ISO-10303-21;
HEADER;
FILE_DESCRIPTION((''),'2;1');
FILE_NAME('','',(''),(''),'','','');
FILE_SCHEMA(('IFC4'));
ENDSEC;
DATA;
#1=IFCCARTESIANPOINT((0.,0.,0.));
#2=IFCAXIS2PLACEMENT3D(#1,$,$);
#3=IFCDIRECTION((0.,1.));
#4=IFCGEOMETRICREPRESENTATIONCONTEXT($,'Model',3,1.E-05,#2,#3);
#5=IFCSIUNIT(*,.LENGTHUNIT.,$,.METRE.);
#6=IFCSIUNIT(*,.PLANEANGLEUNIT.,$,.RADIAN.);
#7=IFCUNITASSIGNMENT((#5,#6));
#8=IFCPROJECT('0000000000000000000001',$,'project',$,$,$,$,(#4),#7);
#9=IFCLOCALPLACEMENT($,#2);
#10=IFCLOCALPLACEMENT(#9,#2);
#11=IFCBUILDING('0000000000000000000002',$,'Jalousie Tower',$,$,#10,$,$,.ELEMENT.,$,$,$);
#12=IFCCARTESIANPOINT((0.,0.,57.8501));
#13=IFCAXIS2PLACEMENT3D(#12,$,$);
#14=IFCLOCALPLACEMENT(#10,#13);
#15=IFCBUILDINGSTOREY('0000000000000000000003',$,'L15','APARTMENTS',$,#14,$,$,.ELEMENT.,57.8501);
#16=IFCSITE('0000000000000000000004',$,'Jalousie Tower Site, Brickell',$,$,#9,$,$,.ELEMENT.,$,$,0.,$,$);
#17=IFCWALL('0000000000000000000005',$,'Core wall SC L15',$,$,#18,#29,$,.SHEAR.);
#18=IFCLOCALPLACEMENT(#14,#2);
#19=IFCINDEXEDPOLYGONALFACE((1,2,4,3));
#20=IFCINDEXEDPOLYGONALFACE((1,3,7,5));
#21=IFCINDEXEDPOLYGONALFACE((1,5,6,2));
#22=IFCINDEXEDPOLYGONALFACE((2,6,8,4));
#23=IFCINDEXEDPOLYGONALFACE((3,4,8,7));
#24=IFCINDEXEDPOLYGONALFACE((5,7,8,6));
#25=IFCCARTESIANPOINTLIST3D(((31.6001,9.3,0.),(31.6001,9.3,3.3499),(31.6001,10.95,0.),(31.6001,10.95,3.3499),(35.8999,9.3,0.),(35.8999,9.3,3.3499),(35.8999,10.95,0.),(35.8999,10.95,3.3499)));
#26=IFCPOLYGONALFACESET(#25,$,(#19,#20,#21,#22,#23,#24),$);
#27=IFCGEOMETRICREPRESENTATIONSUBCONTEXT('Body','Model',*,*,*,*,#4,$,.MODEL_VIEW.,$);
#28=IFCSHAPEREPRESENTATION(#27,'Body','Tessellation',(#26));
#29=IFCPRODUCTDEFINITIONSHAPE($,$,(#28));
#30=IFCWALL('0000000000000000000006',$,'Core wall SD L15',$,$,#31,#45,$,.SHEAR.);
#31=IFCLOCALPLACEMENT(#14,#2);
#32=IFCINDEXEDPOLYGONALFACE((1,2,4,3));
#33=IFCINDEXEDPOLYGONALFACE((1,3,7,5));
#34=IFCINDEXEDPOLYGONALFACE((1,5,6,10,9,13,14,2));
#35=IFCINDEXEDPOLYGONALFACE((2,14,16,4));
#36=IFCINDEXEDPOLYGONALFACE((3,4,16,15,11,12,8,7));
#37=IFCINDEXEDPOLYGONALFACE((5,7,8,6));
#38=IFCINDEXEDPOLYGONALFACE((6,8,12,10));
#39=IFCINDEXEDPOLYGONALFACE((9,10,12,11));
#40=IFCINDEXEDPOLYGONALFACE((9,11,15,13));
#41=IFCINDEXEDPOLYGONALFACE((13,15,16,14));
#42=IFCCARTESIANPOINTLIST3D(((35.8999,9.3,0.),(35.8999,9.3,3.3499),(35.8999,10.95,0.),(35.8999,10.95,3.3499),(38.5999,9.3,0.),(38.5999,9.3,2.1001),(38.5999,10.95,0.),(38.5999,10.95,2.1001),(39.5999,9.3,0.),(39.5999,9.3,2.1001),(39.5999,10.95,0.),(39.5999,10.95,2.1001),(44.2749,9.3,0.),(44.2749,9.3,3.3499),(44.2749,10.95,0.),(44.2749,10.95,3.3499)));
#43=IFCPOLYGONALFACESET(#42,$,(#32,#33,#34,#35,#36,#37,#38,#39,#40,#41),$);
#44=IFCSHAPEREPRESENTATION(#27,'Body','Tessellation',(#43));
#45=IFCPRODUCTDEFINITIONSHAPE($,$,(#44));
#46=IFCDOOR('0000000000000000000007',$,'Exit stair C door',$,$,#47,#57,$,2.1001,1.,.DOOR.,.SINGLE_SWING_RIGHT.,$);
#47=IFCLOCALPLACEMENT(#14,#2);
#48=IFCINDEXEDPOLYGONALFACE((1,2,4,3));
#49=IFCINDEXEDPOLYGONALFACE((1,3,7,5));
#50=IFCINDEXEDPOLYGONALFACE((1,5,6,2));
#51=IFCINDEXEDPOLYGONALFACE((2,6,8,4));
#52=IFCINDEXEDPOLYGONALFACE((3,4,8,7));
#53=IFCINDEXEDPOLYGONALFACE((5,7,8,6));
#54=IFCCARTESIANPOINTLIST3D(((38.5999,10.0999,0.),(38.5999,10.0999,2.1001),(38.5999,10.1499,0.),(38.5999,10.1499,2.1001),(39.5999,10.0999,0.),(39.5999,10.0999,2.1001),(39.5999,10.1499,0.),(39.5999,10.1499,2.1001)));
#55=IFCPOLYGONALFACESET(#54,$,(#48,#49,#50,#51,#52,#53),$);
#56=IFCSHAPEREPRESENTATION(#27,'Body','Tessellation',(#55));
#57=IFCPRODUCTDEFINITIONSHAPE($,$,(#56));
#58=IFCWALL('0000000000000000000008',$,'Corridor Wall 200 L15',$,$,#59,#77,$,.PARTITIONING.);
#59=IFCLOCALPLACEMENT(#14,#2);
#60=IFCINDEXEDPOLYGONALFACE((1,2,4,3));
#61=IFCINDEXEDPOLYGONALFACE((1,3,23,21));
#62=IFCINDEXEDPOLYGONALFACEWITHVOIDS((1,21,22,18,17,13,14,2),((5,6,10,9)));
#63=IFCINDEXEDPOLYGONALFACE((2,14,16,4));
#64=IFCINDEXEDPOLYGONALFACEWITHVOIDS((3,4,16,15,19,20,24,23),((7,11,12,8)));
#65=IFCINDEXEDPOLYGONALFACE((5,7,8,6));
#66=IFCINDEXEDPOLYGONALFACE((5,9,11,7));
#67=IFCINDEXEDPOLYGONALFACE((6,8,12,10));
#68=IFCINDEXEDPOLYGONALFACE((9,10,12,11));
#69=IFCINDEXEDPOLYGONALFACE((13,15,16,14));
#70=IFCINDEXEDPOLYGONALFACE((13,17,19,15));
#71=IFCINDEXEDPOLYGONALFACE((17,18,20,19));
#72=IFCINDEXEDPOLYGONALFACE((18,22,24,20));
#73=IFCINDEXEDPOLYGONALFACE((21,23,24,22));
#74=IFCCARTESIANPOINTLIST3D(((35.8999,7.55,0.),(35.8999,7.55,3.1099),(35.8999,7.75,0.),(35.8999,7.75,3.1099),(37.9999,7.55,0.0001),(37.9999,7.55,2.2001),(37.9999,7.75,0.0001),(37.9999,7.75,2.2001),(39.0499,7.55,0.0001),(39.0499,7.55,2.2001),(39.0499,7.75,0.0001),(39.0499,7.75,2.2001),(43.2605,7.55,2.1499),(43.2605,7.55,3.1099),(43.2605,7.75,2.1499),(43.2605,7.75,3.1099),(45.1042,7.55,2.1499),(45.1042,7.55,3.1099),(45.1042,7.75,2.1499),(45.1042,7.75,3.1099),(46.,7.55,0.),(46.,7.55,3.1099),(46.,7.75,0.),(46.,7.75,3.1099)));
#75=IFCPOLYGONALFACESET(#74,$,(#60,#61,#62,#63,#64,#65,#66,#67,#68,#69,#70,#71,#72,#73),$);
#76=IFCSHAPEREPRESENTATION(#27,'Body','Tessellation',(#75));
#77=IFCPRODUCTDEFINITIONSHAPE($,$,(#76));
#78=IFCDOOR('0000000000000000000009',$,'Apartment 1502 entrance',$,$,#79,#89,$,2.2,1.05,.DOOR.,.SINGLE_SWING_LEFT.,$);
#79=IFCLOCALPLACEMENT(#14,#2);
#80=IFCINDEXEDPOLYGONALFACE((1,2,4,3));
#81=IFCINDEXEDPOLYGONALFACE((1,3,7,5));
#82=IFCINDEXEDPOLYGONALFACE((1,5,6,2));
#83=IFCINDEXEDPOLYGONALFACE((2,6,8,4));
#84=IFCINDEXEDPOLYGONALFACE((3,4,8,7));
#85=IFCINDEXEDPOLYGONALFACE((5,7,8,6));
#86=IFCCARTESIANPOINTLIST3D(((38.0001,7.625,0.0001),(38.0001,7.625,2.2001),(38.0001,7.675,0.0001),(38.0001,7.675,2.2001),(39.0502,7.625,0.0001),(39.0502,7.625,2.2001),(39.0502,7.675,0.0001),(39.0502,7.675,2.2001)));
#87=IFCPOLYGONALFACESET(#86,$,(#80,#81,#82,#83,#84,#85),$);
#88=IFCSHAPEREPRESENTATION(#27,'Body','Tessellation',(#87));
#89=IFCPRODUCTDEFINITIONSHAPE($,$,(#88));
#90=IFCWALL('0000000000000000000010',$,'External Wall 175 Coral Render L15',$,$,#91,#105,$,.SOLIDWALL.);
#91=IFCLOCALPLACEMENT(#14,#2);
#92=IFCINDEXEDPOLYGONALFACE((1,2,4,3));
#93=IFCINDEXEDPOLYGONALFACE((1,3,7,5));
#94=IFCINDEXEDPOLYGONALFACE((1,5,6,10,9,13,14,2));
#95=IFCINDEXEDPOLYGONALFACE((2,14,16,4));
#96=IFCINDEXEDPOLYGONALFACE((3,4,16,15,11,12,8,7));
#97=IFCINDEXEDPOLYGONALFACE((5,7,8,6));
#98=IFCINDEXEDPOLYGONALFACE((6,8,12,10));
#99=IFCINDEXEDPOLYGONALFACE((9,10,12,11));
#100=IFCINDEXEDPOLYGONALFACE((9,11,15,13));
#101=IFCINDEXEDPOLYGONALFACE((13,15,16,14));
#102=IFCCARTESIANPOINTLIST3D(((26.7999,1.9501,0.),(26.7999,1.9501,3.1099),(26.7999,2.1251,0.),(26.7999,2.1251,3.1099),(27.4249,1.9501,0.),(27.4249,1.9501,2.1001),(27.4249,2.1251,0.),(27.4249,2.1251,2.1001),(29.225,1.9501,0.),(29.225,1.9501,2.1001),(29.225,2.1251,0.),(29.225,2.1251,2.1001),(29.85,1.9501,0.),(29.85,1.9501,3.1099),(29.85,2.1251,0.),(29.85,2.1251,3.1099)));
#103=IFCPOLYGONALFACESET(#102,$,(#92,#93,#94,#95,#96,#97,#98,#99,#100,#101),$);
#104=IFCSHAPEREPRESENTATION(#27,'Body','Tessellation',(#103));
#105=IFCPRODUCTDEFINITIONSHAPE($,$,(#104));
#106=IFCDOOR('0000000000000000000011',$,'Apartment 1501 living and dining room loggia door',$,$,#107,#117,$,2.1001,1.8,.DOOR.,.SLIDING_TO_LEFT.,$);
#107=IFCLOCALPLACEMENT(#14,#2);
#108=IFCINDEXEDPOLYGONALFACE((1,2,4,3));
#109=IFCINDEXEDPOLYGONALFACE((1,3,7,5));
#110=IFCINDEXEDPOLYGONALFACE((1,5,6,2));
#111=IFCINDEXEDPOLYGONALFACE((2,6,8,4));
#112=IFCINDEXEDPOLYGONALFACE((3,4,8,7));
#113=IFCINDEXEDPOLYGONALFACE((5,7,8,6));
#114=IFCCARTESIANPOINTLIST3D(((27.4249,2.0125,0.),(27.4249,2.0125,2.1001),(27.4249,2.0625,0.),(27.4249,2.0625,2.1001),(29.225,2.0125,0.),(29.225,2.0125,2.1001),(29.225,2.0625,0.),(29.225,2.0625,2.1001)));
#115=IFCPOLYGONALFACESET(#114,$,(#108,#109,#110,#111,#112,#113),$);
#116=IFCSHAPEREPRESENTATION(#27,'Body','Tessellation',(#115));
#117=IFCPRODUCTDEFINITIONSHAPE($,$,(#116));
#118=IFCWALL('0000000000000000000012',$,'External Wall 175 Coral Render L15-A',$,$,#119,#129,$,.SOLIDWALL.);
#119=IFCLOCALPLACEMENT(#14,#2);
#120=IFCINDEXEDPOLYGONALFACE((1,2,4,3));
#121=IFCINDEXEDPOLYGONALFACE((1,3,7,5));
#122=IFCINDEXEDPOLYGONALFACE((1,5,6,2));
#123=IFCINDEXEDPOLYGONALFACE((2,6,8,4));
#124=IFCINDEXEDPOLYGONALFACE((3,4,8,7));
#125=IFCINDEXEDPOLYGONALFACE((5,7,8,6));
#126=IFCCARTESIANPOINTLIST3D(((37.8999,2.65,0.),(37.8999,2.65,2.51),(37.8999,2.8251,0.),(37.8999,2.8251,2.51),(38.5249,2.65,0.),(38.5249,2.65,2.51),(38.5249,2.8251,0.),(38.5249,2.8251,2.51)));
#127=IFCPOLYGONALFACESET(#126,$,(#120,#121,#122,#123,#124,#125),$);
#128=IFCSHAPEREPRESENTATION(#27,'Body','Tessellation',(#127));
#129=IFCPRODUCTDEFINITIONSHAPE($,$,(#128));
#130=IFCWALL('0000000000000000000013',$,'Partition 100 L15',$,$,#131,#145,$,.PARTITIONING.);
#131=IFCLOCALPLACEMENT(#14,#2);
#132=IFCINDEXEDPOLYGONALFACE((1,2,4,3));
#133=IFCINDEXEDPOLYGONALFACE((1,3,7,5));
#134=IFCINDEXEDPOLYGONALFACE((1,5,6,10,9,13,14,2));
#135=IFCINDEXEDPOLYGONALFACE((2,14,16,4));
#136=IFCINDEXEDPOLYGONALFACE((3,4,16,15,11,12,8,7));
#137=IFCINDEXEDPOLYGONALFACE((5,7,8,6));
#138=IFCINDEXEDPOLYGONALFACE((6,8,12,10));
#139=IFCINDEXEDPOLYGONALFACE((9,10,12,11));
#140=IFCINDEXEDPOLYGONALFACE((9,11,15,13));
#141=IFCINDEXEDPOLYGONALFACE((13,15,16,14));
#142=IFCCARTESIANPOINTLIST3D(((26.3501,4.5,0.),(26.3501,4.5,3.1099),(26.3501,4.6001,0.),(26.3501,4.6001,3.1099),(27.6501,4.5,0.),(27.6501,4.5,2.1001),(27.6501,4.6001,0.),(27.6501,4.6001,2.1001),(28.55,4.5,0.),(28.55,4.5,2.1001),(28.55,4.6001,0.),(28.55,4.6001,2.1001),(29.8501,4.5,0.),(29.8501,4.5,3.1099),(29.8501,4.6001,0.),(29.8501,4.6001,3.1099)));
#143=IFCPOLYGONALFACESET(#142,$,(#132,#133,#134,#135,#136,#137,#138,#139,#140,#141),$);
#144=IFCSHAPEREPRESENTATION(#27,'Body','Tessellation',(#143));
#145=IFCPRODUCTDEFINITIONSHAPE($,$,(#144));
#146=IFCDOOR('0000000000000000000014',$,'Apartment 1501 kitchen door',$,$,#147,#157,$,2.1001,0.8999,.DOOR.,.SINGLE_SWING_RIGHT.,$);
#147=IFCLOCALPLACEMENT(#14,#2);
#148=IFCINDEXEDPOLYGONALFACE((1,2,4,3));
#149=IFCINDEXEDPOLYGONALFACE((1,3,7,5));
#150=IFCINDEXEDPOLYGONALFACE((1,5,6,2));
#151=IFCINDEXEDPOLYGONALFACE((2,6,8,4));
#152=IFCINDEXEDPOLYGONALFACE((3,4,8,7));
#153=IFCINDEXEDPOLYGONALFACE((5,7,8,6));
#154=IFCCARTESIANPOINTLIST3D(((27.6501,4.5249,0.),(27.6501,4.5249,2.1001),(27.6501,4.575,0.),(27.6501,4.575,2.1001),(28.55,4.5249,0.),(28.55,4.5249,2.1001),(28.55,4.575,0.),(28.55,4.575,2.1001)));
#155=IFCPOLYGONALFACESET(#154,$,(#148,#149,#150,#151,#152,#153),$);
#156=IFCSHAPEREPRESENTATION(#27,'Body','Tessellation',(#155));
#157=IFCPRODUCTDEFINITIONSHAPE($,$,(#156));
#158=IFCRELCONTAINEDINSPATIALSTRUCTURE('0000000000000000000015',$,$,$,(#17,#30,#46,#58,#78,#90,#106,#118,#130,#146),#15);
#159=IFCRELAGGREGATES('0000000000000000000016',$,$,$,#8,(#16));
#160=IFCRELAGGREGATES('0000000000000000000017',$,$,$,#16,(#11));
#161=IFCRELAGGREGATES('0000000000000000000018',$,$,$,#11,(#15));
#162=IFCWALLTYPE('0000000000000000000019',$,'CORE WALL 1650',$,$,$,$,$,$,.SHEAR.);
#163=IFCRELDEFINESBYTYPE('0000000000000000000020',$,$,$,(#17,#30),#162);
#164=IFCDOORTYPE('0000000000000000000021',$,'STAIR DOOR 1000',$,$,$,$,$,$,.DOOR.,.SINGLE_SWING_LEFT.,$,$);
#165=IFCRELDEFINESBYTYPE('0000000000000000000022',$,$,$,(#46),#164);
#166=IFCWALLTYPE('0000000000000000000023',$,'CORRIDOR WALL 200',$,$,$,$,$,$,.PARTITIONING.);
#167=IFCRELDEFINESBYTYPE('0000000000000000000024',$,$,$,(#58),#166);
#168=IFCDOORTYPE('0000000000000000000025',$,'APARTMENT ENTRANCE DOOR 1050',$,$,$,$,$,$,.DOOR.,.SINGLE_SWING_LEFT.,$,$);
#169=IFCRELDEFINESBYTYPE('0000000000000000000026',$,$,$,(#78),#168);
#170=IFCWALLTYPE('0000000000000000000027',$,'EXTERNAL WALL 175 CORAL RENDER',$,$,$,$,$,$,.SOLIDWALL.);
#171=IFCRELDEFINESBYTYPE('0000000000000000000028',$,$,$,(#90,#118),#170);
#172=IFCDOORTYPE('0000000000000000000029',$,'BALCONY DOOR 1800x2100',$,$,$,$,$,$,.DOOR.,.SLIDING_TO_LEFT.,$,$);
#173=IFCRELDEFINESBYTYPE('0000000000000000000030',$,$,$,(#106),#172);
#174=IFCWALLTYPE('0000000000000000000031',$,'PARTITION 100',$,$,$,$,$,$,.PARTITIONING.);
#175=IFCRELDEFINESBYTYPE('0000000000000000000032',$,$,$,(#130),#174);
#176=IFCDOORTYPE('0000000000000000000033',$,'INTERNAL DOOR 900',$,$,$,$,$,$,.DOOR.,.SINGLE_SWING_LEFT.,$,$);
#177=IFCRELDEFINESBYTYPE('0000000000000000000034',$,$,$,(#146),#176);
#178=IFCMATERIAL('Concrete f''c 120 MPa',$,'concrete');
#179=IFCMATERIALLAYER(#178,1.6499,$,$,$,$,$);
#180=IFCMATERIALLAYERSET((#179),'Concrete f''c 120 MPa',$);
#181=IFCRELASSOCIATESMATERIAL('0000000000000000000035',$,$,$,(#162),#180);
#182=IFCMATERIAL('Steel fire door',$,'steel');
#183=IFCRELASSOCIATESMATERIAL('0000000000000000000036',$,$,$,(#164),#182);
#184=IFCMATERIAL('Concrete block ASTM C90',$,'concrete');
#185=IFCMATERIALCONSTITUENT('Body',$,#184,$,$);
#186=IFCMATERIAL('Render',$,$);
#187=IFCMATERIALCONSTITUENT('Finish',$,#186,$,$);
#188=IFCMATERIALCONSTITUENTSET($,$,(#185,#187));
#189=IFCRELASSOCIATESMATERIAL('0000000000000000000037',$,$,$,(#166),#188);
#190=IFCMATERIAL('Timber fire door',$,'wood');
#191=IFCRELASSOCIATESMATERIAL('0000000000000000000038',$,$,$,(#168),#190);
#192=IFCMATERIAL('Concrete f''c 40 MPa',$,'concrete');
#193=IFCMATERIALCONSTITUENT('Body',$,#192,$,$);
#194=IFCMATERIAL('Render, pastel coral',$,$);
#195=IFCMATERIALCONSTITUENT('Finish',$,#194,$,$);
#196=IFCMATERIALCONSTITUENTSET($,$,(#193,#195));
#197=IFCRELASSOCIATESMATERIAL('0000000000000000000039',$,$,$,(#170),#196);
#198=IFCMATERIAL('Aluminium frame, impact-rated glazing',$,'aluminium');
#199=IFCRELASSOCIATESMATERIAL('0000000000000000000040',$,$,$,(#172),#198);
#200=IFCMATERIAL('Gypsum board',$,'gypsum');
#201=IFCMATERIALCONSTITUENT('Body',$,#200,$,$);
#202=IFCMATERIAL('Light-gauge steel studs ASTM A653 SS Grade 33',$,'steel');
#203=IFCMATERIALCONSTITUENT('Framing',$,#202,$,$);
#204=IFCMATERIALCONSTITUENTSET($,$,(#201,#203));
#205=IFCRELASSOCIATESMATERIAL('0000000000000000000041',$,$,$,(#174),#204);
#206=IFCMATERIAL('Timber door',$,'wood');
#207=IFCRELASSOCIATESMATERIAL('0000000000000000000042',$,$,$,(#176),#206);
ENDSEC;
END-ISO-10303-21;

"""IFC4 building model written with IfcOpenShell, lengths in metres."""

from ifc_helpers import new_model, si_unit, direction, frame, frame_2d, origin, place, context, subcontext, project, spatial, polyline, rectangle, outline, extrude, material, layer, layer_set, constituent, constituent_set, type_object, element, fill, save


model = new_model("IFC4")

# Units and contexts
model_context = context("Model", 3, precision=1e-05, world=origin(), true_north=direction((0.0, 1.0)))
body_context = subcontext(model_context, "Body", "Model", "MODEL_VIEW")
ifc_project = project(units=[si_unit("LENGTHUNIT", "METRE"), si_unit("PLANEANGLEUNIT", "RADIAN")], contexts=[model_context])

# Site, building, storey
site_placement = place(None, origin())
site = spatial("IfcSite", under=ifc_project, at=site_placement, Name="Jalousie Tower Site, Brickell", CompositionType="ELEMENT", RefElevation=0.0)
building_placement = place(site_placement, origin())
building = spatial("IfcBuilding", under=site, at=building_placement, Name="Jalousie Tower", CompositionType="ELEMENT")
storey_placement = place(building_placement, frame((0.0, 0.0, 57.8501)))
storey = spatial("IfcBuildingStorey", under=building, at=storey_placement, Name="L15", Description="APARTMENTS", CompositionType="ELEMENT", Elevation=57.8501)

# Wall
ifc_material_1 = material(Name="Concrete f'c 120 MPa", Category="concrete")
ifc_layer_1 = layer(ifc_material_1, 1.6499)
ifc_layer_set_1 = layer_set([ifc_layer_1], Name="Concrete f'c 120 MPa")
wall_type_1 = type_object("IfcWallType", Name="CORE WALL 1650", PredefinedType="SHEAR", material=ifc_layer_set_1)
wall_1_placement = place(storey_placement, frame((31.6001, 10.125, 0.0), z_axis=(0.0, 0.0, 1.0), x_axis=(1.0, 0.0, 0.0)))
element("IfcWall", 1, at=wall_1_placement, inside=storey, type_object=wall_type_1, Name="Core wall SC L15", PredefinedType="SHEAR", context=body_context, shape_type="SweptSolid", body=[
    extrude(rectangle(XDim=4.2998, YDim=1.6499, at=frame_2d((2.1499, 0.0))), origin(), (0.0, 0.0, 1.0), 3.3499),
])

# Walls, openings, doors
wall_2_placement = place(storey_placement, frame((35.8999, 10.125, 0.0), z_axis=(0.0, 0.0, 1.0), x_axis=(1.0, 0.0, 0.0)))
wall_2 = element("IfcWall", 2, at=wall_2_placement, inside=storey, type_object=wall_type_1, Name="Core wall SD L15", PredefinedType="SHEAR", context=body_context, shape_type="SweptSolid", body=[
    extrude(rectangle(XDim=8.375, YDim=1.6499, at=frame_2d((4.1875, 0.0))), origin(), (0.0, 0.0, 1.0), 3.3499),
])
opening_1_placement = place(wall_2_placement, frame((2.7, 0.0, 0.0)))
opening_1 = element("IfcOpeningElement", 3, at=opening_1_placement, cuts=wall_2, PredefinedType="OPENING", context=body_context, shape_type="SweptSolid", body=[
    extrude(rectangle(XDim=1.0, YDim=2.1001, at=frame_2d((0.5, 1.05))), frame((0.0, 0.835, 0.0), z_axis=(0.0, -1.0, 0.0), x_axis=(1.0, 0.0, 0.0)), (0.0, 0.0, 1.0), 1.6699),
])
ifc_material_2 = material(Name="Steel fire door", Category="steel")
door_type_1 = type_object("IfcDoorType", Name="STAIR DOOR 1000", OperationType="SINGLE_SWING_LEFT", PredefinedType="DOOR", material=ifc_material_2)
door_1_placement = place(opening_1_placement, origin())
door_1 = element("IfcDoor", 4, at=door_1_placement, inside=storey, type_object=door_type_1, Name="Exit stair C door", OperationType="SINGLE_SWING_RIGHT", OverallHeight=2.1001, OverallWidth=1.0, PredefinedType="DOOR", context=body_context, shape_type="SweptSolid", body=[
    extrude(rectangle(XDim=1.0, YDim=2.1001, at=frame_2d((0.5, 1.05))), frame((0.0, 0.0249, 0.0), z_axis=(0.0, -1.0, 0.0), x_axis=(1.0, 0.0, 0.0)), (0.0, 0.0, 1.0), 0.05),
])
fill(opening_1, door_1)
ifc_material_3 = material(Name="Concrete block ASTM C90", Category="concrete")
ifc_constituent_1 = constituent(ifc_material_3, Name="Body")
ifc_material_4 = material(Name="Render")
ifc_constituent_2 = constituent(ifc_material_4, Name="Finish")
ifc_constituent_set_1 = constituent_set(constituents=[ifc_constituent_1, ifc_constituent_2])
wall_type_2 = type_object("IfcWallType", Name="CORRIDOR WALL 200", PredefinedType="PARTITIONING", material=ifc_constituent_set_1)
wall_3_placement = place(storey_placement, frame((35.8999, 7.6499, 0.0), z_axis=(0.0, 0.0, 1.0), x_axis=(1.0, 0.0, 0.0)))
wall_3 = element("IfcWall", 5, at=wall_3_placement, inside=storey, type_object=wall_type_2, Name="Corridor Wall 200 L15", PredefinedType="PARTITIONING", context=body_context, shape_type="SweptSolid", body=[
    extrude(outline(polyline([(0.0, 0.0), (10.1001, 0.0), (10.1001, 3.1099), (9.2043, 3.1099), (9.2043, 2.1499), (7.3606, 2.1499), (7.3606, 3.1099), (0.0, 3.1099), (0.0, 0.0)])), frame((0.0, 0.1001, 0.0), z_axis=(0.0, -1.0, 0.0), x_axis=(1.0, 0.0, 0.0)), (0.0, 0.0, 1.0), 0.2),
])
opening_2_placement = place(wall_3_placement, frame((2.1001, 0.0, 0.0)))
opening_2 = element("IfcOpeningElement", 6, at=opening_2_placement, cuts=wall_3, PredefinedType="OPENING", context=body_context, shape_type="SweptSolid", body=[
    extrude(rectangle(XDim=1.05, YDim=2.2, at=frame_2d((0.5249, 1.1001))), frame((0.0, 0.1099, 0.0), z_axis=(0.0, -1.0, 0.0), x_axis=(1.0, 0.0, 0.0)), (0.0, 0.0, 1.0), 0.22),
])
ifc_material_5 = material(Name="Timber fire door", Category="wood")
door_type_2 = type_object("IfcDoorType", Name="APARTMENT ENTRANCE DOOR 1050", OperationType="SINGLE_SWING_LEFT", PredefinedType="DOOR", material=ifc_material_5)
door_2_placement = place(opening_2_placement, frame((1.05, 0.0, 0.0), z_axis=(0.0, 0.0, 1.0), x_axis=(-1.0, 0.0, 0.0)))
door_2 = element("IfcDoor", 7, at=door_2_placement, inside=storey, type_object=door_type_2, Name="Apartment 1502 entrance", OperationType="SINGLE_SWING_LEFT", OverallHeight=2.2, OverallWidth=1.05, PredefinedType="DOOR", context=body_context, shape_type="SweptSolid", body=[
    extrude(rectangle(XDim=1.05, YDim=2.2, at=frame_2d((0.5249, 1.1001))), frame((0.0, 0.0249, 0.0), z_axis=(0.0, -1.0, 0.0), x_axis=(1.0, 0.0, 0.0)), (0.0, 0.0, 1.0), 0.05),
])
fill(opening_2, door_2)
ifc_material_6 = material(Name="Concrete f'c 40 MPa", Category="concrete")
ifc_constituent_3 = constituent(ifc_material_6, Name="Body")
ifc_material_7 = material(Name="Render, pastel coral")
ifc_constituent_4 = constituent(ifc_material_7, Name="Finish")
ifc_constituent_set_2 = constituent_set(constituents=[ifc_constituent_3, ifc_constituent_4])
wall_type_3 = type_object("IfcWallType", Name="EXTERNAL WALL 175 CORAL RENDER", PredefinedType="SOLIDWALL", material=ifc_constituent_set_2)
wall_4_placement = place(storey_placement, frame((26.8, 2.0376, 0.0), z_axis=(0.0, 0.0, 1.0), x_axis=(1.0, 0.0, 0.0)))
wall_4 = element("IfcWall", 8, at=wall_4_placement, inside=storey, type_object=wall_type_3, Name="External Wall 175 Coral Render L15", PredefinedType="SOLIDWALL", context=body_context, shape_type="SweptSolid", body=[
    extrude(rectangle(XDim=3.05, YDim=0.175, at=frame_2d((1.5249, 0.0))), origin(), (0.0, 0.0, 1.0), 3.1099),
])
opening_3_placement = place(wall_4_placement, frame((0.625, 0.0, 0.0)))
opening_3 = element("IfcOpeningElement", 9, at=opening_3_placement, cuts=wall_4, PredefinedType="OPENING", context=body_context, shape_type="SweptSolid", body=[
    extrude(rectangle(XDim=1.8, YDim=2.1001, at=frame_2d((0.8999, 1.05))), frame((0.0, 0.0974, 0.0), z_axis=(0.0, -1.0, 0.0), x_axis=(1.0, 0.0, 0.0)), (0.0, 0.0, 1.0), 0.1951),
])
ifc_material_8 = material(Name="Aluminium frame, impact-rated glazing", Category="aluminium")
door_type_3 = type_object("IfcDoorType", Name="BALCONY DOOR 1800x2100", OperationType="SLIDING_TO_LEFT", PredefinedType="DOOR", material=ifc_material_8)
door_3_placement = place(opening_3_placement, origin())
door_3 = element("IfcDoor", 10, at=door_3_placement, inside=storey, type_object=door_type_3, Name="Apartment 1501 living and dining room loggia door", OperationType="SLIDING_TO_LEFT", OverallHeight=2.1001, OverallWidth=1.8, PredefinedType="DOOR", context=body_context, shape_type="SweptSolid", body=[
    extrude(rectangle(XDim=1.8, YDim=2.1001, at=frame_2d((0.8999, 1.05))), frame((0.0, 0.0249, 0.0), z_axis=(0.0, -1.0, 0.0), x_axis=(1.0, 0.0, 0.0)), (0.0, 0.0, 1.0), 0.05),
])
fill(opening_3, door_3)

# Wall
wall_5_placement = place(storey_placement, frame((37.8999, 2.7375, 0.0), z_axis=(0.0, 0.0, 1.0), x_axis=(1.0, 0.0, 0.0)))
element("IfcWall", 11, at=wall_5_placement, inside=storey, type_object=wall_type_3, Name="External Wall 175 Coral Render L15-A", PredefinedType="SOLIDWALL", context=body_context, shape_type="SweptSolid", body=[
    extrude(rectangle(XDim=0.625, YDim=0.175, at=frame_2d((0.3125, 0.0))), origin(), (0.0, 0.0, 1.0), 2.51),
])

# Wall, opening, door
ifc_material_9 = material(Name="Gypsum board", Category="gypsum")
ifc_constituent_5 = constituent(ifc_material_9, Name="Body")
ifc_material_10 = material(Name="Light-gauge steel studs ASTM A653 SS Grade 33", Category="steel")
ifc_constituent_6 = constituent(ifc_material_10, Name="Framing")
ifc_constituent_set_3 = constituent_set(constituents=[ifc_constituent_5, ifc_constituent_6])
wall_type_4 = type_object("IfcWallType", Name="PARTITION 100", PredefinedType="PARTITIONING", material=ifc_constituent_set_3)
wall_6_placement = place(storey_placement, frame((26.3501, 4.55, 0.0), z_axis=(0.0, 0.0, 1.0), x_axis=(1.0, 0.0, 0.0)))
wall_6 = element("IfcWall", 12, at=wall_6_placement, inside=storey, type_object=wall_type_4, Name="Partition 100 L15", PredefinedType="PARTITIONING", context=body_context, shape_type="SweptSolid", body=[
    extrude(rectangle(XDim=3.5, YDim=0.1001, at=frame_2d((1.75, 0.0))), origin(), (0.0, 0.0, 1.0), 3.1099),
])
opening_4_placement = place(wall_6_placement, frame((1.3, 0.0, 0.0)))
opening_4 = element("IfcOpeningElement", 13, at=opening_4_placement, cuts=wall_6, PredefinedType="OPENING", context=body_context, shape_type="SweptSolid", body=[
    extrude(rectangle(XDim=0.8999, YDim=2.1001, at=frame_2d((0.45, 1.05))), frame((0.0, 0.0601, 0.0), z_axis=(0.0, -1.0, 0.0), x_axis=(1.0, 0.0, 0.0)), (0.0, 0.0, 1.0), 0.1201),
])
ifc_material_11 = material(Name="Timber door", Category="wood")
door_type_4 = type_object("IfcDoorType", Name="INTERNAL DOOR 900", OperationType="SINGLE_SWING_LEFT", PredefinedType="DOOR", material=ifc_material_11)
door_4_placement = place(opening_4_placement, origin())
door_4 = element("IfcDoor", 14, at=door_4_placement, inside=storey, type_object=door_type_4, Name="Apartment 1501 kitchen door", OperationType="SINGLE_SWING_RIGHT", OverallHeight=2.1001, OverallWidth=0.8999, PredefinedType="DOOR", context=body_context, shape_type="SweptSolid", body=[
    extrude(rectangle(XDim=0.8999, YDim=2.1001, at=frame_2d((0.45, 1.05))), frame((0.0, 0.0249, 0.0), z_axis=(0.0, -1.0, 0.0), x_axis=(1.0, 0.0, 0.0)), (0.0, 0.0, 1.0), 0.05),
])
fill(opening_4, door_4)

save(model, "model.ifc")
